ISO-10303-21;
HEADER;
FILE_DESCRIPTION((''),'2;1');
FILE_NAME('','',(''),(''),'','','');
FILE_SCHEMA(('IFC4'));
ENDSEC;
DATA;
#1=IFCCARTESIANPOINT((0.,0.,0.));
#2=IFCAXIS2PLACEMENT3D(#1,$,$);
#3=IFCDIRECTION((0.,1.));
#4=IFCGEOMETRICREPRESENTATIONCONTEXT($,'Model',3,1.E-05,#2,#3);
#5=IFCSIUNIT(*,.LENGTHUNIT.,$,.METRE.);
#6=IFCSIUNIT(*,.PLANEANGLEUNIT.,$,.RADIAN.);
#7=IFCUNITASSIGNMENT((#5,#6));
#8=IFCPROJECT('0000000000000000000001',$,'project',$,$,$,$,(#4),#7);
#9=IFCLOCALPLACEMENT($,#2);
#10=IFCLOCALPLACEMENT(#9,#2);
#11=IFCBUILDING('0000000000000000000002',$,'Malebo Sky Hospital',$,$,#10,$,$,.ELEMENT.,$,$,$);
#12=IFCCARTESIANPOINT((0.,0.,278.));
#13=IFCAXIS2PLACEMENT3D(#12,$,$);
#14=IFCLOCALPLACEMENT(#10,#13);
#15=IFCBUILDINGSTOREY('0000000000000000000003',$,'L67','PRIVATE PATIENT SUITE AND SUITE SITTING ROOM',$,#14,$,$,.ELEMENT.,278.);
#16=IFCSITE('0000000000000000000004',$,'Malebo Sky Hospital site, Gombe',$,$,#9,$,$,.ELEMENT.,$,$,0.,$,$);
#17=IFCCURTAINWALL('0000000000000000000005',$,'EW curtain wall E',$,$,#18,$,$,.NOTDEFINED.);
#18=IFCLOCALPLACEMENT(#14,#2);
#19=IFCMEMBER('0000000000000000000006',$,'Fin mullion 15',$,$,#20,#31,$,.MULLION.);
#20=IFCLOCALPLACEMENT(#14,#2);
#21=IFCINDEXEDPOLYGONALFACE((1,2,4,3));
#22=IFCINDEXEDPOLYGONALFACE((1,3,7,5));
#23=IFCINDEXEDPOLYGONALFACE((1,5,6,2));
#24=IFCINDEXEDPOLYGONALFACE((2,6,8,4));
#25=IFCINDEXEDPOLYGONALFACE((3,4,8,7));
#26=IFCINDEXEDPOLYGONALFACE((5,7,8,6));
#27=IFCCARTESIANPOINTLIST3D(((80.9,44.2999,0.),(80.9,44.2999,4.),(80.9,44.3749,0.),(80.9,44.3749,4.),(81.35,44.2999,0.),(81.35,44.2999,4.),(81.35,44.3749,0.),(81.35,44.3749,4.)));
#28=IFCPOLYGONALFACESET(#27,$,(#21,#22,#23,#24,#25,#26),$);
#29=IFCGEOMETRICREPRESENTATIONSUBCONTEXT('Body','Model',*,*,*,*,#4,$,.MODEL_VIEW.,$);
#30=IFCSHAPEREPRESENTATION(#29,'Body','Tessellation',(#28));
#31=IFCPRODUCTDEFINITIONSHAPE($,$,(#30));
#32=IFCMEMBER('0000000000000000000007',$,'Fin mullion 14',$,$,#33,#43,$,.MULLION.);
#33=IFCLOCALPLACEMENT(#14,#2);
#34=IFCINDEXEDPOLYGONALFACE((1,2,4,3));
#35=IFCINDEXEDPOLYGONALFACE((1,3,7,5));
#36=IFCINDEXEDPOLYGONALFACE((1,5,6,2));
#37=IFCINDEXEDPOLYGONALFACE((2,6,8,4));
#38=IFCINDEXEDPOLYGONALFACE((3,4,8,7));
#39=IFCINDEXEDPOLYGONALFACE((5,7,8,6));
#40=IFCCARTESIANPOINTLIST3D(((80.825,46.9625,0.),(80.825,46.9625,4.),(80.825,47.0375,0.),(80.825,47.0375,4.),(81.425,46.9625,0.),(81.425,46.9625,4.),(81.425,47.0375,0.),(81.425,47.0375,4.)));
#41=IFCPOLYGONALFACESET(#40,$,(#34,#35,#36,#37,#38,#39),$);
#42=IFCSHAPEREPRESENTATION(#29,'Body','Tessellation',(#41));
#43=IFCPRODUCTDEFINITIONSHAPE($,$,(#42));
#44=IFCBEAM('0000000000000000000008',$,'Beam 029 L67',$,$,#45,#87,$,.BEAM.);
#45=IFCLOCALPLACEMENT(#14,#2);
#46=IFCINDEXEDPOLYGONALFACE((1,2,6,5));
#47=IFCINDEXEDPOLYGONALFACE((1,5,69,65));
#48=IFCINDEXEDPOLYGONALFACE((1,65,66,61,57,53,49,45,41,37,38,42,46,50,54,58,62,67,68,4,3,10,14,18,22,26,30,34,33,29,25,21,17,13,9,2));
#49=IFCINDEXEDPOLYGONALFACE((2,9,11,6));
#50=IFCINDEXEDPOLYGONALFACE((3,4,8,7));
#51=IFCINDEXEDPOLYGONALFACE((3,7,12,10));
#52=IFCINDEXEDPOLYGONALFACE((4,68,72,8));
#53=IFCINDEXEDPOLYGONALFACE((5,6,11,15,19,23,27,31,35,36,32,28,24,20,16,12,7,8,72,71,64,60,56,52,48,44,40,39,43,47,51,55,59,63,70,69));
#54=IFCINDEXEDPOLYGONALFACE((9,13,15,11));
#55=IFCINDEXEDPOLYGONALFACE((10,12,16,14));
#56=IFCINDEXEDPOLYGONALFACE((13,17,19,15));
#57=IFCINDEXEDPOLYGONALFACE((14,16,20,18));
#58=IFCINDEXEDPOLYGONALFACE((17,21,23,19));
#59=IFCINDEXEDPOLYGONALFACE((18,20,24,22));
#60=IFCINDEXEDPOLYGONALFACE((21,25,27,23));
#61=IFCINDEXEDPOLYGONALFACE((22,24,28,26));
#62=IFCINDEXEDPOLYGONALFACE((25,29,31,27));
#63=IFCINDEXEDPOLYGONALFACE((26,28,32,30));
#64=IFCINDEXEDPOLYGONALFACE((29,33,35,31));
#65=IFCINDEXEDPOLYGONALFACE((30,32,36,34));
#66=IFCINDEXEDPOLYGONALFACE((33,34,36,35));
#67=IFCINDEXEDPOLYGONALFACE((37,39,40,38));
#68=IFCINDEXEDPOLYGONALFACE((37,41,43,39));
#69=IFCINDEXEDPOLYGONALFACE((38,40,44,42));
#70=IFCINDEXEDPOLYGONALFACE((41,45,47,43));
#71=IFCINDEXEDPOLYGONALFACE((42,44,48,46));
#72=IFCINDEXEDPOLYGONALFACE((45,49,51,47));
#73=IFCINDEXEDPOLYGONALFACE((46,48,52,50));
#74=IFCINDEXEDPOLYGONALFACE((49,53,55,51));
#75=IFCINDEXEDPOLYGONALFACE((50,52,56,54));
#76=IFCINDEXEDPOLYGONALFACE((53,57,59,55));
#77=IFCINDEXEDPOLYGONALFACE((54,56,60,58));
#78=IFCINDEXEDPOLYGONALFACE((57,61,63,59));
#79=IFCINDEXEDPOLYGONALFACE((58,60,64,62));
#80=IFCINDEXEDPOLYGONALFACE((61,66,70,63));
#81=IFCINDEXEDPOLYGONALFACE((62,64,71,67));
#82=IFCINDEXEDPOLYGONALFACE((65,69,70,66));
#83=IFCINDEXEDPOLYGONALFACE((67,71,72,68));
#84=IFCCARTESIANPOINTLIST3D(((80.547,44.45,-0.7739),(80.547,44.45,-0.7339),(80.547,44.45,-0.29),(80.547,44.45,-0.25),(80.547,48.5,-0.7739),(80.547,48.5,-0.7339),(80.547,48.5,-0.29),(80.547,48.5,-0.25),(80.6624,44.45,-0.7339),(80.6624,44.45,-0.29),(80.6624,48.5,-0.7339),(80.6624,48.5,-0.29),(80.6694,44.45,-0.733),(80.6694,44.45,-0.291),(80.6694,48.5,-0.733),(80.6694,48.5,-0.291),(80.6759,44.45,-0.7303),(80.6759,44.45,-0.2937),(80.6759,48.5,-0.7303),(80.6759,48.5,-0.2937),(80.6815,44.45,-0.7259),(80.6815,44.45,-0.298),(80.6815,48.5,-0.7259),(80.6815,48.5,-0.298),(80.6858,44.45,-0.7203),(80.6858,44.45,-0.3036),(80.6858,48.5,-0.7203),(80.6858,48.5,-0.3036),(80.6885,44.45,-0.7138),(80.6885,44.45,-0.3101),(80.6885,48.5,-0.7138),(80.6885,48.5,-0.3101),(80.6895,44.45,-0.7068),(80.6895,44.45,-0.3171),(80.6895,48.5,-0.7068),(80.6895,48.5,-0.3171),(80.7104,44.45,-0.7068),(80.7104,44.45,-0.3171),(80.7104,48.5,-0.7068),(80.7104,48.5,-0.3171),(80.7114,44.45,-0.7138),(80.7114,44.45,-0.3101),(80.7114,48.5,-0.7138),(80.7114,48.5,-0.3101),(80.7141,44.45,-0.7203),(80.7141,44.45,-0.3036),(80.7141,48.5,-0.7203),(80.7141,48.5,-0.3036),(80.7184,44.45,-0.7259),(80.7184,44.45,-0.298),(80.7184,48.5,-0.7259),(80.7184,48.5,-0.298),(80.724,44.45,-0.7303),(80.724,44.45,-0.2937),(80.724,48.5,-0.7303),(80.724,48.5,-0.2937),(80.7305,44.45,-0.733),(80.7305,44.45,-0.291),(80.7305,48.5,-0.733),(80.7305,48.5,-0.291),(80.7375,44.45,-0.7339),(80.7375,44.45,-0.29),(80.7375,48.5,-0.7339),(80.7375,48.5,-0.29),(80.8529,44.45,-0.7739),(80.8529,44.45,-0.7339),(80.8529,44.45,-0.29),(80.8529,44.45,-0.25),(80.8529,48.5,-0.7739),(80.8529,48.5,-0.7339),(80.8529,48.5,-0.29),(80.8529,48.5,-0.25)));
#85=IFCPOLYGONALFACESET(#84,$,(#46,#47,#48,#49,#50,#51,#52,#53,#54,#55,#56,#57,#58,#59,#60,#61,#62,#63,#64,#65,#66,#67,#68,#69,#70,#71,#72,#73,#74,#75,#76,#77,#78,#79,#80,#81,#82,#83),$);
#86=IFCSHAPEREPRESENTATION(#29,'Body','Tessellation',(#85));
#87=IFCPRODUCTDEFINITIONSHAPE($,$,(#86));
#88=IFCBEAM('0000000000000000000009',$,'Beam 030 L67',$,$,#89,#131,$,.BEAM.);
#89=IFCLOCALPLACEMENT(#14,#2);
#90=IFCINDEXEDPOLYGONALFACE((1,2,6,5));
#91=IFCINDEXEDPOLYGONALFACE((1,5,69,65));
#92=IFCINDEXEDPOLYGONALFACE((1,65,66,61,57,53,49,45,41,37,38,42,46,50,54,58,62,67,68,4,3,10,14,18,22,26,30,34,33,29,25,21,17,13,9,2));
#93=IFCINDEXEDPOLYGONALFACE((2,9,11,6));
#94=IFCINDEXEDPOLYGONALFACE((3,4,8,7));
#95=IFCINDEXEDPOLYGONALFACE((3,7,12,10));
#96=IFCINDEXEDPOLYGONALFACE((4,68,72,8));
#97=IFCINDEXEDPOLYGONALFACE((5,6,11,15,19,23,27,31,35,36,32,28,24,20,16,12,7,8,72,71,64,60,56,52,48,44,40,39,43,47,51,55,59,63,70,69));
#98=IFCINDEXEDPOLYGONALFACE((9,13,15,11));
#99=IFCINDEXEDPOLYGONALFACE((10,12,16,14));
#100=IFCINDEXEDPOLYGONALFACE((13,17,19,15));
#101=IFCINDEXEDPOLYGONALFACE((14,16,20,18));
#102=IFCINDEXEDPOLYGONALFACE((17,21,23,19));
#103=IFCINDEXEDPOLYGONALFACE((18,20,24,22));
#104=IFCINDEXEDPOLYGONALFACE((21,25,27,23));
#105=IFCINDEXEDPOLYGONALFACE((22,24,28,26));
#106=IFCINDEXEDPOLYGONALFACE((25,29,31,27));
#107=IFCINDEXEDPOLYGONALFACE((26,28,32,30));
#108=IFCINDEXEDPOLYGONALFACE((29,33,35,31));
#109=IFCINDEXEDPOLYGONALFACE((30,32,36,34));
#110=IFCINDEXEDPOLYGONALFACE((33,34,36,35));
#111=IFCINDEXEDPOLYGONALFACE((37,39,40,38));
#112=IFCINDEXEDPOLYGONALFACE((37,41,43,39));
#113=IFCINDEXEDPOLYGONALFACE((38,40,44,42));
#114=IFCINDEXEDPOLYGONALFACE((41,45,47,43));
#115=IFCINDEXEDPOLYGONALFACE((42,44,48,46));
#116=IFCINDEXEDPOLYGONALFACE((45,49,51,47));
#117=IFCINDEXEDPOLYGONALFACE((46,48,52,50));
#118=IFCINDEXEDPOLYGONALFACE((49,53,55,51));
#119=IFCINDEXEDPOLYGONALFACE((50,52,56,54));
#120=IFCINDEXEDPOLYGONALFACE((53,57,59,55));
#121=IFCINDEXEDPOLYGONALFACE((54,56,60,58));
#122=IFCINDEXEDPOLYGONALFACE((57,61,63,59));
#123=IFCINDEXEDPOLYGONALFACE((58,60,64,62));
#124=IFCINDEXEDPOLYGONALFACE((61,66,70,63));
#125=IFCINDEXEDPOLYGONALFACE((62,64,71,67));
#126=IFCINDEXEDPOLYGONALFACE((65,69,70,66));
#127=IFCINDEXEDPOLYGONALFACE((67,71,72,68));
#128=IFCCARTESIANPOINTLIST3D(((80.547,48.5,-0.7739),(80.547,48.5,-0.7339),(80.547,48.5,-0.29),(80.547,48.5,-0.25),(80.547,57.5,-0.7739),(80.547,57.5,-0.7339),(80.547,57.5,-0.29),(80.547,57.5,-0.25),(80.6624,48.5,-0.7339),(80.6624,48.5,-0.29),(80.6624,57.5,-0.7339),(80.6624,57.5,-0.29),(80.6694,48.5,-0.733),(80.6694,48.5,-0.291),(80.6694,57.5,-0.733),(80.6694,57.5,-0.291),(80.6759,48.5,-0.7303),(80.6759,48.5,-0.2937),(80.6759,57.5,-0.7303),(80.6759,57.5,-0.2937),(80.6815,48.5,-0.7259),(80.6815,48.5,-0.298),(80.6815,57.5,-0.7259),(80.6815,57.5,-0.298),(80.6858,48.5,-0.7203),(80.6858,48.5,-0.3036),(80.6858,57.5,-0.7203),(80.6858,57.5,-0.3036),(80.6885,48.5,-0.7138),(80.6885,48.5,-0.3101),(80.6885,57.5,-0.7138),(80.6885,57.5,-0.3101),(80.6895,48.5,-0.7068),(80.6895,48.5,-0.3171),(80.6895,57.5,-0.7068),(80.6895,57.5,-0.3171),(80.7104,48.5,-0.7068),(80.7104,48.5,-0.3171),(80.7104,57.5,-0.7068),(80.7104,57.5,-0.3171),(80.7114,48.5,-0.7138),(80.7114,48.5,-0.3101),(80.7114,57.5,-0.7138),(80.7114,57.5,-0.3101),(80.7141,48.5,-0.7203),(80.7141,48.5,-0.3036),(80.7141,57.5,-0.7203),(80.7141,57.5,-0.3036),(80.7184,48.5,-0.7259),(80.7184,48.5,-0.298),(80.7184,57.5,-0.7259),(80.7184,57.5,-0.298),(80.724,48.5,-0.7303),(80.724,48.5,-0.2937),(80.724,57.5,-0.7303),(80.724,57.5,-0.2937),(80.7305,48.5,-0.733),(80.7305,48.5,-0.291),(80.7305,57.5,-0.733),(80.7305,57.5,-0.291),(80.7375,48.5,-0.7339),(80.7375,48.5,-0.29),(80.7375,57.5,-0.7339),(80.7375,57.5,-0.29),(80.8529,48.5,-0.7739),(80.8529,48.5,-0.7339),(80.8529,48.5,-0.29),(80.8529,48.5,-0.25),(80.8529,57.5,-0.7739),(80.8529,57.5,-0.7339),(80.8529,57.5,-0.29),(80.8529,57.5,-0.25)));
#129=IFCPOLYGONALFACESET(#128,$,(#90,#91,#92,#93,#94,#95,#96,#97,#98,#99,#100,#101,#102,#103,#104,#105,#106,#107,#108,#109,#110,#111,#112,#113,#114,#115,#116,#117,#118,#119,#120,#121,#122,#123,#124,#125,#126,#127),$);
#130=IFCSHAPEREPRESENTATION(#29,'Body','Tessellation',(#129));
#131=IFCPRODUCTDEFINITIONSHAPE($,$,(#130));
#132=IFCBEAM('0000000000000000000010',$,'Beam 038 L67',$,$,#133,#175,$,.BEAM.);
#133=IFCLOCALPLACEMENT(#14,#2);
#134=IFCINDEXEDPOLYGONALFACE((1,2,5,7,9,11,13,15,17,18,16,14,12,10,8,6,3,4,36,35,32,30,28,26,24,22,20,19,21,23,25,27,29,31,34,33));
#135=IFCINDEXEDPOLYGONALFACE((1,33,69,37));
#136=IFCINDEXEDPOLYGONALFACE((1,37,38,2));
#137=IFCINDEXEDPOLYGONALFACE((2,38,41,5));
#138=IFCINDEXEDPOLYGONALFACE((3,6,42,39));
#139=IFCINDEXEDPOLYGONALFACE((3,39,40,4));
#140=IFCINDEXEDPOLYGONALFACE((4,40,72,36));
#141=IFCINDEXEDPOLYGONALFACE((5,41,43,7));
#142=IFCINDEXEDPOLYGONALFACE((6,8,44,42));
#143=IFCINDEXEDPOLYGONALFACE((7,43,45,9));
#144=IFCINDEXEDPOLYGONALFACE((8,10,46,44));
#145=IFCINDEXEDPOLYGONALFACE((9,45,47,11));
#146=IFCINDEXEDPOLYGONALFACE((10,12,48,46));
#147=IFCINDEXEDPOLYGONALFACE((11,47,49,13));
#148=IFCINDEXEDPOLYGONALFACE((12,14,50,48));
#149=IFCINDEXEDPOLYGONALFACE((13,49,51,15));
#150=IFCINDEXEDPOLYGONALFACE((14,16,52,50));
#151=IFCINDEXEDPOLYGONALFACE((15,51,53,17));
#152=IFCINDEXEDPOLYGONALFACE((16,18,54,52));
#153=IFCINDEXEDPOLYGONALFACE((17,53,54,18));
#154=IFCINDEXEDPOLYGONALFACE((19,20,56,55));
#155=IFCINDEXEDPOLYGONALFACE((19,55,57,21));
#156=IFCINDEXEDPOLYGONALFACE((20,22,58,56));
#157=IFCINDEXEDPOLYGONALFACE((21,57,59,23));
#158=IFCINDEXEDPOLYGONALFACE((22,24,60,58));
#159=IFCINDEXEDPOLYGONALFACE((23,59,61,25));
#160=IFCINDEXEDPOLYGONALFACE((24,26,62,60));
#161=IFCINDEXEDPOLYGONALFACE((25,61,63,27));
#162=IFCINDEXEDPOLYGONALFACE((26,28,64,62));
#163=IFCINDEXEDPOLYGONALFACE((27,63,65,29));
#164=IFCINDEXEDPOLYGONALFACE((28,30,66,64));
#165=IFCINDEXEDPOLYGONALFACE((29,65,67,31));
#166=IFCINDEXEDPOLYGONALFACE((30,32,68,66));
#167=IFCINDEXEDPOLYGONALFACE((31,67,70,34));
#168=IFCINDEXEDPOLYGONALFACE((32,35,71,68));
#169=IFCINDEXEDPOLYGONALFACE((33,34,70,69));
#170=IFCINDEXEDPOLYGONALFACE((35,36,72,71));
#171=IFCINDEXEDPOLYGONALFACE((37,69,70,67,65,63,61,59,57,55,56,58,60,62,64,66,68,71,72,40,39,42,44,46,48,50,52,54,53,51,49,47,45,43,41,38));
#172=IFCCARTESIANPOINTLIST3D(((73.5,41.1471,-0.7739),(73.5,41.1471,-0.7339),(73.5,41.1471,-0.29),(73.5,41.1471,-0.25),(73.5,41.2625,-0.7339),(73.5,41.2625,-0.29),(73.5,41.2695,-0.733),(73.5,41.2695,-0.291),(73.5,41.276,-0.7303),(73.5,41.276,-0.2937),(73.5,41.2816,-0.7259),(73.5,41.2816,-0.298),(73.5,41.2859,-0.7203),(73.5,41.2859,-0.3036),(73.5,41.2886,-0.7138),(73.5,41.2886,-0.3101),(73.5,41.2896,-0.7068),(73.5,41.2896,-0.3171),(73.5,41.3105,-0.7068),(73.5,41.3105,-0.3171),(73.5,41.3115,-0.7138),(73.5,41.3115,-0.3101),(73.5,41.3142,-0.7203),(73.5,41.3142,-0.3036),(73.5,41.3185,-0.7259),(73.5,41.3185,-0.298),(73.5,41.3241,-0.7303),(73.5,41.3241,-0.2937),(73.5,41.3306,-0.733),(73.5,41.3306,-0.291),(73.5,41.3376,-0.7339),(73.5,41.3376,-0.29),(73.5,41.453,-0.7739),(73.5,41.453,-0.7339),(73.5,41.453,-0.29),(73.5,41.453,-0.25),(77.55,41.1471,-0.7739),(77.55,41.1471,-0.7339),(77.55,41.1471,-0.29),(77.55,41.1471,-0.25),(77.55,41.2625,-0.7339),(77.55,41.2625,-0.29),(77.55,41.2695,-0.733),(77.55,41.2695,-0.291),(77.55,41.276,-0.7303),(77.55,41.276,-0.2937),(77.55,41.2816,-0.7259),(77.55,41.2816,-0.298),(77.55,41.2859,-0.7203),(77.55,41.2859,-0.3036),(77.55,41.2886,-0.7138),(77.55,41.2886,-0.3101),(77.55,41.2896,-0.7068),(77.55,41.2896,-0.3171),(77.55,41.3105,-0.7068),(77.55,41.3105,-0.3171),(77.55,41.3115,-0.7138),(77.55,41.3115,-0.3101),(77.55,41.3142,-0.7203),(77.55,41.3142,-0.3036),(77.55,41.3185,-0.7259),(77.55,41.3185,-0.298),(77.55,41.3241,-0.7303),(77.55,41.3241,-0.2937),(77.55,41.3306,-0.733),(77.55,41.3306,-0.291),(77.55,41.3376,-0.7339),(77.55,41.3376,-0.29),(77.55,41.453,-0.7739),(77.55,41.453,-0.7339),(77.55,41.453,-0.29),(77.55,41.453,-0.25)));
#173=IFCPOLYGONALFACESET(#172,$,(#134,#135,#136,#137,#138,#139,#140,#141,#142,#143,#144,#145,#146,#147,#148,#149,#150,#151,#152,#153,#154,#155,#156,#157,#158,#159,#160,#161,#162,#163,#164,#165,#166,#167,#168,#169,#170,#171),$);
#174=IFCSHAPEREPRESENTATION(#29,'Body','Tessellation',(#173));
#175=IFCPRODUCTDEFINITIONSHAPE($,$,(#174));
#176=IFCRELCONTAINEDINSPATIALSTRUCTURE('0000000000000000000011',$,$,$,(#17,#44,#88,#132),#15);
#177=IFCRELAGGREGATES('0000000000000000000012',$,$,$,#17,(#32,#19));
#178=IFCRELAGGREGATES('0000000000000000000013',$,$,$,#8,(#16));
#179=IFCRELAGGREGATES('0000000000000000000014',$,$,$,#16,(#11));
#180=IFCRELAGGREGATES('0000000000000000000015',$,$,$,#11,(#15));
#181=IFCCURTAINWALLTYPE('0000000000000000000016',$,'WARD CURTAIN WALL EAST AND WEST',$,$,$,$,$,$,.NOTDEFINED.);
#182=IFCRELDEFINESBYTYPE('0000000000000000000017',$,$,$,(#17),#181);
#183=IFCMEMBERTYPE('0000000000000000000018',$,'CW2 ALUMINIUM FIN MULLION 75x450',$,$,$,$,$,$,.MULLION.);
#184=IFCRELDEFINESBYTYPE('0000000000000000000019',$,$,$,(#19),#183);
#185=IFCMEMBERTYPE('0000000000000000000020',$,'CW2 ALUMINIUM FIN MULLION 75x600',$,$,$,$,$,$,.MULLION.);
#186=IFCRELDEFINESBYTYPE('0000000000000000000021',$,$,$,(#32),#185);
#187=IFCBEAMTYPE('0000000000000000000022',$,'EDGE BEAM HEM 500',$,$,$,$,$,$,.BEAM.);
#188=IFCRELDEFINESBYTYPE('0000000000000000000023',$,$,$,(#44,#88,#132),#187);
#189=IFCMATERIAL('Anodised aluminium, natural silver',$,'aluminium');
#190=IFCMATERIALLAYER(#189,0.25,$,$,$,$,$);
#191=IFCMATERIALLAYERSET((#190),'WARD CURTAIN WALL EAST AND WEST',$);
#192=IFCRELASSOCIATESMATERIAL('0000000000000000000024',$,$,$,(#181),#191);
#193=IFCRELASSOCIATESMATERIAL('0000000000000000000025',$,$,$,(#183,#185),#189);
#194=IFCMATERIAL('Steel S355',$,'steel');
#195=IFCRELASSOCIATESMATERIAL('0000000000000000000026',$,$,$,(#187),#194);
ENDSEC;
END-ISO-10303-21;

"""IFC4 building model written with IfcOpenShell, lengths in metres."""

from ifc_helpers import new_model, si_unit, direction, frame, origin, origin_2d, place, context, subcontext, project, spatial, rectangle, i_section, extrude, material, layer, layer_set, material_profile, profile_set, type_object, element, aggregate, save


model = new_model("IFC4")

# Units and contexts
model_context = context("Model", 3, precision=1e-05, world=origin(), true_north=direction((0.0, 1.0)))
body_context = subcontext(model_context, "Body", "Model", "MODEL_VIEW")
ifc_project = project(units=[si_unit("LENGTHUNIT", "METRE"), si_unit("PLANEANGLEUNIT", "RADIAN")], contexts=[model_context])

# Site, building, storey
site_placement = place(None, origin())
site = spatial("IfcSite", under=ifc_project, at=site_placement, Name="Malebo Sky Hospital site, Gombe", CompositionType="ELEMENT", RefElevation=0.0)
building_placement = place(site_placement, origin())
building = spatial("IfcBuilding", under=site, at=building_placement, Name="Malebo Sky Hospital", CompositionType="ELEMENT")
storey_placement = place(building_placement, frame((0.0, 0.0, 278.0)))
storey = spatial("IfcBuildingStorey", under=building, at=storey_placement, Name="L67", Description="PRIVATE PATIENT SUITE AND SUITE SITTING ROOM", CompositionType="ELEMENT", Elevation=278.0)

# Curtain wall
ifc_material_1 = material(Name="Anodised aluminium, natural silver", Category="aluminium")
ifc_layer_1 = layer(ifc_material_1, 0.25)
ifc_layer_set_1 = layer_set([ifc_layer_1], Name="WARD CURTAIN WALL EAST AND WEST")
curtain_wall_type_1 = type_object("IfcCurtainWallType", Name="WARD CURTAIN WALL EAST AND WEST", PredefinedType="NOTDEFINED", material=ifc_layer_set_1)
curtain_wall_1_placement = place(storey_placement, origin())
curtain_wall_1 = element("IfcCurtainWall", 1, at=curtain_wall_1_placement, inside=storey, type_object=curtain_wall_type_1, Name="EW curtain wall E", PredefinedType="NOTDEFINED")

# Members
ifc_material_profile_1 = material_profile(ifc_material_1, rectangle(XDim=0.075, YDim=0.45, at=origin_2d()), Name="CW2 ALUMINIUM FIN MULLION 75x450")
ifc_profile_set_1 = profile_set([ifc_material_profile_1], Name="Anodised aluminium, natural silver")
member_type_1 = type_object("IfcMemberType", Name="CW2 ALUMINIUM FIN MULLION 75x450", PredefinedType="MULLION", material=ifc_profile_set_1)
member_1_placement = place(storey_placement, frame((81.125, 44.3374, 0.0), z_axis=(0.0, 0.0, 1.0), x_axis=(0.0, -1.0, 0.0)))
member_1 = element("IfcMember", 2, at=member_1_placement, type_object=member_type_1, Name="Fin mullion 15", PredefinedType="MULLION", context=body_context, shape_type="SweptSolid", body=[
    extrude(rectangle(XDim=0.075, YDim=0.45, at=origin_2d()), origin(), (0.0, 0.0, 1.0), 4.0),
])
ifc_material_profile_2 = material_profile(ifc_material_1, rectangle(XDim=0.075, YDim=0.6001, at=origin_2d()), Name="CW2 ALUMINIUM FIN MULLION 75x600")
ifc_profile_set_2 = profile_set([ifc_material_profile_2], Name="Anodised aluminium, natural silver")
member_type_2 = type_object("IfcMemberType", Name="CW2 ALUMINIUM FIN MULLION 75x600", PredefinedType="MULLION", material=ifc_profile_set_2)
member_2_placement = place(storey_placement, frame((81.125, 47.0, 0.0), z_axis=(0.0, 0.0, 1.0), x_axis=(0.0, -1.0, 0.0)))
member_2 = element("IfcMember", 3, at=member_2_placement, type_object=member_type_2, Name="Fin mullion 14", PredefinedType="MULLION", context=body_context, shape_type="SweptSolid", body=[
    extrude(rectangle(XDim=0.075, YDim=0.6001, at=origin_2d()), origin(), (0.0, 0.0, 1.0), 4.0),
])

# Beams
ifc_material_2 = material(Name="Steel S355", Category="steel")
ifc_material_profile_3 = material_profile(ifc_material_2, i_section(OverallWidth=0.3059, OverallDepth=0.5239, WebThickness=0.021, FlangeThickness=0.04, FilletRadius=0.0271, at=origin_2d()), Name="HEM 500")
ifc_profile_set_3 = profile_set([ifc_material_profile_3], Name="Steel S355")
beam_type_1 = type_object("IfcBeamType", Name="EDGE BEAM HEM 500", PredefinedType="BEAM", material=ifc_profile_set_3)
beam_1_placement = place(storey_placement, frame((80.7, 44.45, -0.512), z_axis=(0.0, 1.0, 0.0), x_axis=(-1.0, 0.0, 0.0)))
element("IfcBeam", 4, at=beam_1_placement, inside=storey, type_object=beam_type_1, Name="Beam 029 L67", PredefinedType="BEAM", context=body_context, shape_type="SweptSolid", body=[
    extrude(i_section(OverallWidth=0.3059, OverallDepth=0.5239, WebThickness=0.021, FlangeThickness=0.04, FilletRadius=0.0271, at=origin_2d()), origin(), (0.0, 0.0, 1.0), 4.05),
])
beam_2_placement = place(storey_placement, frame((80.7, 48.5, -0.512), z_axis=(0.0, 1.0, 0.0), x_axis=(-1.0, 0.0, 0.0)))
element("IfcBeam", 5, at=beam_2_placement, inside=storey, type_object=beam_type_1, Name="Beam 030 L67", PredefinedType="BEAM", context=body_context, shape_type="SweptSolid", body=[
    extrude(i_section(OverallWidth=0.3059, OverallDepth=0.5239, WebThickness=0.021, FlangeThickness=0.04, FilletRadius=0.0271, at=origin_2d()), origin(), (0.0, 0.0, 1.0), 9.0),
])
beam_3_placement = place(storey_placement, frame((73.5, 41.3, -0.512), z_axis=(1.0, 0.0, 0.0), x_axis=(0.0, 1.0, 0.0)))
element("IfcBeam", 6, at=beam_3_placement, inside=storey, type_object=beam_type_1, Name="Beam 038 L67", PredefinedType="BEAM", context=body_context, shape_type="SweptSolid", body=[
    extrude(i_section(OverallWidth=0.3059, OverallDepth=0.5239, WebThickness=0.021, FlangeThickness=0.04, FilletRadius=0.0271, at=origin_2d()), origin(), (0.0, 0.0, 1.0), 4.05),
])

aggregate(curtain_wall_1, [member_2, member_1])

save(model, "model.ifc")
